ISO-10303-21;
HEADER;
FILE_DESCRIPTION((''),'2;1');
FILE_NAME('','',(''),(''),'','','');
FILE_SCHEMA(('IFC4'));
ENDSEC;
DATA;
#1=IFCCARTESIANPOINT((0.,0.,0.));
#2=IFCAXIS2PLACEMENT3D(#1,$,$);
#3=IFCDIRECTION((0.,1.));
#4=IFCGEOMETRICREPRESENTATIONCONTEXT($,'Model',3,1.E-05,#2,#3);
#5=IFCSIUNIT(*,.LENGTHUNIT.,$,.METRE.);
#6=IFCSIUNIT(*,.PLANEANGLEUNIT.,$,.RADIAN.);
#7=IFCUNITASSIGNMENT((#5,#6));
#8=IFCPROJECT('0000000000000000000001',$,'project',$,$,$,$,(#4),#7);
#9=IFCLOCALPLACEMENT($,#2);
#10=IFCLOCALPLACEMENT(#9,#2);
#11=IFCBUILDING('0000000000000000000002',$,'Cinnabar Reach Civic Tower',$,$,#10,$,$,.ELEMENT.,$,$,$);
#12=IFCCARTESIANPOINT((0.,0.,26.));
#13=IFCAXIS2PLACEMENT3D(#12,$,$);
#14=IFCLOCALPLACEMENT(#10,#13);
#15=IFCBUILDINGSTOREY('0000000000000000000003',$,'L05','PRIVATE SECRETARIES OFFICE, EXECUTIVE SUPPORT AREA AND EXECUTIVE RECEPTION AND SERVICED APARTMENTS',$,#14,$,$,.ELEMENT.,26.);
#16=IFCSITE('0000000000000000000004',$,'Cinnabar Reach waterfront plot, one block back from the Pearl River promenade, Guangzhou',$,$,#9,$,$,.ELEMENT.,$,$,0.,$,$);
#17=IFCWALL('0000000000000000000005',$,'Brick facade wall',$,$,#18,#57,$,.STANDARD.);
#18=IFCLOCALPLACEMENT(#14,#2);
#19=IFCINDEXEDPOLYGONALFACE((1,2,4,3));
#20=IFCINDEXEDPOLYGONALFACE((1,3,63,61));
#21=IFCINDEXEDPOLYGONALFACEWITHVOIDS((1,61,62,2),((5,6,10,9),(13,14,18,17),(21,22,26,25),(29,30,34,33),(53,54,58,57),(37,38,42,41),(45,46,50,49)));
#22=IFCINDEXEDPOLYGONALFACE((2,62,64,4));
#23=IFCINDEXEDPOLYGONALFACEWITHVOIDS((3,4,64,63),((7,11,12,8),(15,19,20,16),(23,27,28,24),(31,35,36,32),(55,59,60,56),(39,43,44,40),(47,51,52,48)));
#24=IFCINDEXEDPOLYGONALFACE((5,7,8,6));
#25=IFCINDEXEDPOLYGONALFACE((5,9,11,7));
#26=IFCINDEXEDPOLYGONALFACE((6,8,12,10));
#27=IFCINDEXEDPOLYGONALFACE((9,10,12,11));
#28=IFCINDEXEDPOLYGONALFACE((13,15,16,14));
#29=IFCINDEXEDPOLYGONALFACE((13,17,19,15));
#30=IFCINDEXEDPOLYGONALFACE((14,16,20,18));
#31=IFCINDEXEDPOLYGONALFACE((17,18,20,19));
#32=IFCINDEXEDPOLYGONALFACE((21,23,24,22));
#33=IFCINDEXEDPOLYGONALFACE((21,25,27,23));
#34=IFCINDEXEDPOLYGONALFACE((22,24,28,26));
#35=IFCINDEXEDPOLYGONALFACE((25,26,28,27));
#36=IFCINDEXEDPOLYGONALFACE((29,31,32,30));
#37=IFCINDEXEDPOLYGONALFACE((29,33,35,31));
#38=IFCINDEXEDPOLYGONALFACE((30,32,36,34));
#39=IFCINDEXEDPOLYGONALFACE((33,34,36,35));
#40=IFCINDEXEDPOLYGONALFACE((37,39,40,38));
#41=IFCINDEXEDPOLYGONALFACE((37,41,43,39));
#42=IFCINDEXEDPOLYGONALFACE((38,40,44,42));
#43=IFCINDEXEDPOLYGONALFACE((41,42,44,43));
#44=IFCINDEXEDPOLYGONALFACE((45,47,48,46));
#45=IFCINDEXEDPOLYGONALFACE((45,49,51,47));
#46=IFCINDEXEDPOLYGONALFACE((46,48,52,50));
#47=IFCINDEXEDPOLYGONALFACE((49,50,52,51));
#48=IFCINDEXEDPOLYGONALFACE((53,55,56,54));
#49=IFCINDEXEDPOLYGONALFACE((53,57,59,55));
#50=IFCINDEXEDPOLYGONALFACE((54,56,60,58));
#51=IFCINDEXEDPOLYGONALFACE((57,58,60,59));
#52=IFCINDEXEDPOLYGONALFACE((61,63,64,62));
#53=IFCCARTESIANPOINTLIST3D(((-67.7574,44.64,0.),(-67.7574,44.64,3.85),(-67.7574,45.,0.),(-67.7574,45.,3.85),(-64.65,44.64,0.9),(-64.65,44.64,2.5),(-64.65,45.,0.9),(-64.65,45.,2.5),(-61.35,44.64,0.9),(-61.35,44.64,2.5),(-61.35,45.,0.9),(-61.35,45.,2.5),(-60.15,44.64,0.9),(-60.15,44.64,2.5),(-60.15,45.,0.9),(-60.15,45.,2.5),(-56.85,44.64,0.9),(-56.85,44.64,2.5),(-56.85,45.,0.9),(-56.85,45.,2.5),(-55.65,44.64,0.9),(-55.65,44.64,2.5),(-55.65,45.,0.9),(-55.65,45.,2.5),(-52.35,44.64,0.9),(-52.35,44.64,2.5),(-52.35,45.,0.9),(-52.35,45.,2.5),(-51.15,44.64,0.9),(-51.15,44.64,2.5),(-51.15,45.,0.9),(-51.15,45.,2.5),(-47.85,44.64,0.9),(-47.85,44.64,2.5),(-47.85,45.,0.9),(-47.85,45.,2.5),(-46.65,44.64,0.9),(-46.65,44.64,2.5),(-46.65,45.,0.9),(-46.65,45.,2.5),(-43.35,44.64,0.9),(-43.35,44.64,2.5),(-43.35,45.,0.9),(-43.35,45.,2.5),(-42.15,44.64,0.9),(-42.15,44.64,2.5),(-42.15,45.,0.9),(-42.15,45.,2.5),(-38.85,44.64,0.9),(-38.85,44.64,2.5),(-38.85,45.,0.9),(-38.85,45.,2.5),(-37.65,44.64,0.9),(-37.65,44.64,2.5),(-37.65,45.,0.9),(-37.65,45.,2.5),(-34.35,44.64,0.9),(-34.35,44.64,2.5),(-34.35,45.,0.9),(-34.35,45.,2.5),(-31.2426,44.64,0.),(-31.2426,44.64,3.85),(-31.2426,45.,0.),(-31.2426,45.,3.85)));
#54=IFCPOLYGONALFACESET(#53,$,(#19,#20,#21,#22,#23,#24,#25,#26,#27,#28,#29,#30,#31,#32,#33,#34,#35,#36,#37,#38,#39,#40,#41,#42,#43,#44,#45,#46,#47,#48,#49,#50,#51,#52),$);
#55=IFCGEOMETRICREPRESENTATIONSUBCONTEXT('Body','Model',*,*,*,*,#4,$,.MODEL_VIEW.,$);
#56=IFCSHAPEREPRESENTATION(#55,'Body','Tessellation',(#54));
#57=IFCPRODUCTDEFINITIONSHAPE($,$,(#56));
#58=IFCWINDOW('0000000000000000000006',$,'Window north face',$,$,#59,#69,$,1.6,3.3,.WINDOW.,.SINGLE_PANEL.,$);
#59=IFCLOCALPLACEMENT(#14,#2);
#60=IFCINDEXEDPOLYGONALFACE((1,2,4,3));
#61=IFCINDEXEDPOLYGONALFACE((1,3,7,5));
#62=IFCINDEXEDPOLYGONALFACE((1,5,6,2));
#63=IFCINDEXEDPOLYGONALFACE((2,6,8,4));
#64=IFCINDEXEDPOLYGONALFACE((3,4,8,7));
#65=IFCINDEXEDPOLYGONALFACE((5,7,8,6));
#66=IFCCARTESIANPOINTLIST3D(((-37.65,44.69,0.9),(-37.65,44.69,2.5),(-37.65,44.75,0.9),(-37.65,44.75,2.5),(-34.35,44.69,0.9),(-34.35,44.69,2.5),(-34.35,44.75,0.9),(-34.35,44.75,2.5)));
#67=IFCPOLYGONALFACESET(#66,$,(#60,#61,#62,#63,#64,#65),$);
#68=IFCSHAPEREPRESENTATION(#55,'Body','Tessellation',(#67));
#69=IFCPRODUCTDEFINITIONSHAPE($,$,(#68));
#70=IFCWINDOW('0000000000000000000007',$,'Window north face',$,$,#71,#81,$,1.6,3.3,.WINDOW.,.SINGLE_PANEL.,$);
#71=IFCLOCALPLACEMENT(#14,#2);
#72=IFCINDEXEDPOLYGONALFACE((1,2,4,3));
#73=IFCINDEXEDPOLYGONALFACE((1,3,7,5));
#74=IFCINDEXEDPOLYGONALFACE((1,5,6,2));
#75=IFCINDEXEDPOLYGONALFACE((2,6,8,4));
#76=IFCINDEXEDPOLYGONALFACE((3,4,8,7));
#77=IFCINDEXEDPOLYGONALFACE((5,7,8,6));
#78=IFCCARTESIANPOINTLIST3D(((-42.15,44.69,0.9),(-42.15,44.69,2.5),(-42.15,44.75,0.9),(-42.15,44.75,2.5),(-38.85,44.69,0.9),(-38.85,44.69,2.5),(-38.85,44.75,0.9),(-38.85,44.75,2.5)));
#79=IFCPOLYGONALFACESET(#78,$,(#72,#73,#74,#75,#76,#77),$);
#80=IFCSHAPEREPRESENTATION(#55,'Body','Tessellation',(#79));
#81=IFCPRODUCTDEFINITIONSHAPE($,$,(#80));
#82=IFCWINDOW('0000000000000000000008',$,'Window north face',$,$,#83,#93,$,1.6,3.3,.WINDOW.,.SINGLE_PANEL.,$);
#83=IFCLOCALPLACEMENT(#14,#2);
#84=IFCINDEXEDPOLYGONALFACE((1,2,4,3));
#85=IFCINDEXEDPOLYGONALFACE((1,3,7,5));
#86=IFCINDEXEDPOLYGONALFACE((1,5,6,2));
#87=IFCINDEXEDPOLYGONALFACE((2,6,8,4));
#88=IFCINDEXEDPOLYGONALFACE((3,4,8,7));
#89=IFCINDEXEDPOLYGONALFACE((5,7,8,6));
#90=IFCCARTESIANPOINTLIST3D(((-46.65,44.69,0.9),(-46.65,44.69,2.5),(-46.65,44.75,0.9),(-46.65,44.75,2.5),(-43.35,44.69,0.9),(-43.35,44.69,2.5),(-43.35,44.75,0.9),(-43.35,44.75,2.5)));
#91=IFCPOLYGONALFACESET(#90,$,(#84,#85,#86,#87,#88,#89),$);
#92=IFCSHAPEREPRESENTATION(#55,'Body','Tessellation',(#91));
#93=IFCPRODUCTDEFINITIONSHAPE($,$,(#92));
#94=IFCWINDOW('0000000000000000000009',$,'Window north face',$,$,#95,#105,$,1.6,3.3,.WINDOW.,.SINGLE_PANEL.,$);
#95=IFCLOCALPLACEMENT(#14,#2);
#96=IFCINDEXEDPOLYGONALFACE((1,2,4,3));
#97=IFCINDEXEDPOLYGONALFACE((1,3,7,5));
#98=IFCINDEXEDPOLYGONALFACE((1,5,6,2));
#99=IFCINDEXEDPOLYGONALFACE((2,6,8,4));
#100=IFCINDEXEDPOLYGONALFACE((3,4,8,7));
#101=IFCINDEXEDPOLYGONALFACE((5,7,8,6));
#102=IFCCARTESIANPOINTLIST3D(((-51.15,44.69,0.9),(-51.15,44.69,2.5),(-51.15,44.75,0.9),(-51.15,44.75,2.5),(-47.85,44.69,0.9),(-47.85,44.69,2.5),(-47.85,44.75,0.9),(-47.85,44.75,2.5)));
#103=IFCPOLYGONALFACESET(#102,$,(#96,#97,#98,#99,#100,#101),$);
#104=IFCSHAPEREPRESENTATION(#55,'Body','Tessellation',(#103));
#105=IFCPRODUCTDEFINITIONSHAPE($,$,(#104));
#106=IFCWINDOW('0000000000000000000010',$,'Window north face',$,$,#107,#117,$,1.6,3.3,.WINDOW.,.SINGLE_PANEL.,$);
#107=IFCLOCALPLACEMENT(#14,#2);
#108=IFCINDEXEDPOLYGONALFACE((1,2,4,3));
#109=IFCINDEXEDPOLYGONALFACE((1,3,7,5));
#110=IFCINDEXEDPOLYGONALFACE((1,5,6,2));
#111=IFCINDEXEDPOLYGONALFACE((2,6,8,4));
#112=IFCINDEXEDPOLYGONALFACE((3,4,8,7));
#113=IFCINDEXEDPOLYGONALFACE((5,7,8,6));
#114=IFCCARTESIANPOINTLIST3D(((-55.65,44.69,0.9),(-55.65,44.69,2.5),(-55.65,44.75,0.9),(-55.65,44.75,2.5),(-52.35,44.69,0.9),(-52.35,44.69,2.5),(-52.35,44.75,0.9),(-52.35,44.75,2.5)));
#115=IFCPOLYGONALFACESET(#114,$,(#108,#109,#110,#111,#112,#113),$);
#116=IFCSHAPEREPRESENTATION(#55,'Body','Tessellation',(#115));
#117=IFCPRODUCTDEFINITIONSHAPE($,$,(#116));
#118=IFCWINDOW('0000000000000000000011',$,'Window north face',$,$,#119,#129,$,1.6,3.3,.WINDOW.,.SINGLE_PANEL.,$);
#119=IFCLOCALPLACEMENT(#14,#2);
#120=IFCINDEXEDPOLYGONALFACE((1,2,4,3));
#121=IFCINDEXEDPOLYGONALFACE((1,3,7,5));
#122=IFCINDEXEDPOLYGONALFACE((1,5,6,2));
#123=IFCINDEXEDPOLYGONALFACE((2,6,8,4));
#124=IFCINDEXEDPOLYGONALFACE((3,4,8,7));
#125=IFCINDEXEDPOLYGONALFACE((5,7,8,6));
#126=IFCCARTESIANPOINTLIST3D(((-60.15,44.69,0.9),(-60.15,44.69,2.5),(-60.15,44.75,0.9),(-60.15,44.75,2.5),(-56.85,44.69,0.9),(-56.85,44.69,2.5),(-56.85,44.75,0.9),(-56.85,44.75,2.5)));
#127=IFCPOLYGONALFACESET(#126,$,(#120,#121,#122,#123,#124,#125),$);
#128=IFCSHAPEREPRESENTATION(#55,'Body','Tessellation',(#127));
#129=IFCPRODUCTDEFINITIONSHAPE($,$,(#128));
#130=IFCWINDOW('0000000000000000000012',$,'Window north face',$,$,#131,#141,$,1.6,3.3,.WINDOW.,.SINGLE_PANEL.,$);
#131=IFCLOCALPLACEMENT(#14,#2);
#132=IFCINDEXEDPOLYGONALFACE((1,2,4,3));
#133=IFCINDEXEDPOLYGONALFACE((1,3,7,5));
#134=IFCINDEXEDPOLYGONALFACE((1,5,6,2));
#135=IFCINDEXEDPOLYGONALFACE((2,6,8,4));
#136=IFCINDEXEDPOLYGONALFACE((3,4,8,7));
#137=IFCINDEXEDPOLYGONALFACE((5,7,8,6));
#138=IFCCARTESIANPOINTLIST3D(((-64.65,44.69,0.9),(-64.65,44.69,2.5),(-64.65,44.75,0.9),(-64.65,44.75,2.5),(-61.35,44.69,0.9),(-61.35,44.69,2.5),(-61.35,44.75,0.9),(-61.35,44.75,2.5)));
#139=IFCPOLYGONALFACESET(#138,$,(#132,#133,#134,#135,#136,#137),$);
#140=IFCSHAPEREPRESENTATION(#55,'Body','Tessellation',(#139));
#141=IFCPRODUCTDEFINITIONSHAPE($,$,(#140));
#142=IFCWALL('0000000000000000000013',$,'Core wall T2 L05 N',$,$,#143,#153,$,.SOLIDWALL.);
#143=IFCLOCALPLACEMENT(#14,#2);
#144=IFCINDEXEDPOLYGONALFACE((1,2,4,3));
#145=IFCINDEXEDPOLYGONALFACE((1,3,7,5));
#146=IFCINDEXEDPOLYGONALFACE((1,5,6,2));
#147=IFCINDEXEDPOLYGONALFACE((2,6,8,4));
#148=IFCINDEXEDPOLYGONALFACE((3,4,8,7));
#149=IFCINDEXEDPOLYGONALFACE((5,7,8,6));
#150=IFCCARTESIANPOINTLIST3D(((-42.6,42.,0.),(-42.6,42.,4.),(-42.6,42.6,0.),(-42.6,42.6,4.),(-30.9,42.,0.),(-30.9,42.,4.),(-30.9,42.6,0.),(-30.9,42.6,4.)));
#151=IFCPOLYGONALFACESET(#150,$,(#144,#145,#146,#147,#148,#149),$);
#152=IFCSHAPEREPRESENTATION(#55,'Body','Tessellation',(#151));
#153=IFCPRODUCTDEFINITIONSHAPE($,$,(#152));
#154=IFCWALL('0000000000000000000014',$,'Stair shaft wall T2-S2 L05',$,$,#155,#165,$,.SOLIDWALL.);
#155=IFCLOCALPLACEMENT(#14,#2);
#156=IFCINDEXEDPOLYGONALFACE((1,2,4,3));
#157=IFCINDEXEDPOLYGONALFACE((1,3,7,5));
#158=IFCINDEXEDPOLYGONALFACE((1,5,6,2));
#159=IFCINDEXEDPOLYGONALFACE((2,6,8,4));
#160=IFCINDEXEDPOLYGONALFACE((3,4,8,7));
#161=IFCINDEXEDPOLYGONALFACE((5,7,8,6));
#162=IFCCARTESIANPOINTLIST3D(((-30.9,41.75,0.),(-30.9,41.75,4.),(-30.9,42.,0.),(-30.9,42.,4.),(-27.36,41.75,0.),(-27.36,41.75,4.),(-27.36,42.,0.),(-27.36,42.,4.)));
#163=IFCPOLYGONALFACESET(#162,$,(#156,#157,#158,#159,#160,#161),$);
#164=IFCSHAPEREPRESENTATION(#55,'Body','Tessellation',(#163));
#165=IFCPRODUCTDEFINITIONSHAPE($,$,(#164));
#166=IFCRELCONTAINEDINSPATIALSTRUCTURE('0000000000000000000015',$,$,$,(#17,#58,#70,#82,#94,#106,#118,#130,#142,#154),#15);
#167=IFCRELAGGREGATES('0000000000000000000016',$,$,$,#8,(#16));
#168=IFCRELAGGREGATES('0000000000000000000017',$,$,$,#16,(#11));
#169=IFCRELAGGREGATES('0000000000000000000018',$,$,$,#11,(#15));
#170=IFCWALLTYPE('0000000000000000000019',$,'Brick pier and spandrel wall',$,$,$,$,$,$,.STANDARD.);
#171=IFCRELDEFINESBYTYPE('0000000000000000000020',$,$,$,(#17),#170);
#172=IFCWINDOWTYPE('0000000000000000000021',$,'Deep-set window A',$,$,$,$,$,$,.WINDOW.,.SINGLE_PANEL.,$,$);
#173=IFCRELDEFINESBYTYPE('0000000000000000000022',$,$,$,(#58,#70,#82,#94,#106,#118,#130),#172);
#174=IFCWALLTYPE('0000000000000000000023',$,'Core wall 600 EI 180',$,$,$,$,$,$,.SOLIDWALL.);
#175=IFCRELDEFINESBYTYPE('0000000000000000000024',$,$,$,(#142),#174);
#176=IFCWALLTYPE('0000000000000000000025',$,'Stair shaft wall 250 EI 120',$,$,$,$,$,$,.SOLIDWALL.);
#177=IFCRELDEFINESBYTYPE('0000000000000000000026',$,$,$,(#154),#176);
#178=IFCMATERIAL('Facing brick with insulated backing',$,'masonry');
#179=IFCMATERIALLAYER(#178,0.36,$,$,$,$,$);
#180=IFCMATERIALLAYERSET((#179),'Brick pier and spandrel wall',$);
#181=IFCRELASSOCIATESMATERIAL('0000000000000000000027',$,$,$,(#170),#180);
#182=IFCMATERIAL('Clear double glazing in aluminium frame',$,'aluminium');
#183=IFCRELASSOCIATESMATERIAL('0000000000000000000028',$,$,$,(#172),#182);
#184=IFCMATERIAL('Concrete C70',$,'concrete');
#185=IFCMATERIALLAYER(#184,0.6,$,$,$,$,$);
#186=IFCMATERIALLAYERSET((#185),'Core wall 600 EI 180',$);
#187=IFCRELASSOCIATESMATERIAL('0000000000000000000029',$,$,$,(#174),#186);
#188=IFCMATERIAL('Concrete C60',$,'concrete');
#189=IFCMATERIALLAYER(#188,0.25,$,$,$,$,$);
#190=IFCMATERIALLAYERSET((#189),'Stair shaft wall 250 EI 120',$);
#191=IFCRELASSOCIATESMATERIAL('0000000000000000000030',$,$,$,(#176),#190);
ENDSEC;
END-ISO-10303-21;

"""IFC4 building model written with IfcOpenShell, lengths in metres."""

from ifc_helpers import new_model, si_unit, direction, frame, frame_2d, origin, place, context, subcontext, project, spatial, rectangle, extrude, material, layer, layer_set, type_object, element, fill, save


model = new_model("IFC4")

# Units and contexts
model_context = context("Model", 3, precision=1e-05, world=origin(), true_north=direction((0.0, 1.0)))
body_context = subcontext(model_context, "Body", "Model", "MODEL_VIEW")
ifc_project = project(units=[si_unit("LENGTHUNIT", "METRE"), si_unit("PLANEANGLEUNIT", "RADIAN")], contexts=[model_context])

# Site, building, storey
site_placement = place(None, origin())
site = spatial("IfcSite", under=ifc_project, at=site_placement, Name="Cinnabar Reach waterfront plot, one block back from the Pearl River promenade, Guangzhou", CompositionType="ELEMENT", RefElevation=0.0)
building_placement = place(site_placement, origin())
building = spatial("IfcBuilding", under=site, at=building_placement, Name="Cinnabar Reach Civic Tower", CompositionType="ELEMENT")
storey_placement = place(building_placement, frame((0.0, 0.0, 26.0)))
storey = spatial("IfcBuildingStorey", under=building, at=storey_placement, Name="L05", Description="PRIVATE SECRETARIES OFFICE, EXECUTIVE SUPPORT AREA AND EXECUTIVE RECEPTION AND SERVICED APARTMENTS", CompositionType="ELEMENT", Elevation=26.0)

# Shared definitions
ifc_material_1 = material(Name="Facing brick with insulated backing", Category="masonry")
ifc_layer_1 = layer(ifc_material_1, 0.36)
ifc_layer_set_1 = layer_set([ifc_layer_1], Name="Brick pier and spandrel wall")
wall_type_1 = type_object("IfcWallType", Name="Brick pier and spandrel wall", PredefinedType="STANDARD", material=ifc_layer_set_1)

# Wall, openings, windows
wall_1_placement = place(storey_placement, frame((-31.2426, 44.82, 0.0), z_axis=(0.0, 0.0, 1.0), x_axis=(-1.0, 0.0, 0.0)))
wall_1 = element("IfcWall", 1, at=wall_1_placement, inside=storey, type_object=wall_type_1, Name="Brick facade wall", PredefinedType="STANDARD", context=body_context, shape_type="SweptSolid", body=[
    extrude(rectangle(XDim=36.5148, YDim=0.36, at=frame_2d((18.2574, 0.0))), origin(), (0.0, 0.0, 1.0), 3.85),
])
opening_1_placement = place(wall_1_placement, frame((3.1074, 0.0, 0.9)))
opening_1 = element("IfcOpeningElement", 2, at=opening_1_placement, cuts=wall_1, PredefinedType="OPENING", context=body_context, shape_type="SweptSolid", body=[
    extrude(rectangle(XDim=3.3, YDim=1.6, at=frame_2d((1.65, 0.8))), frame((0.0, 0.19, 0.0), z_axis=(0.0, -1.0, 0.0), x_axis=(1.0, 0.0, 0.0)), (0.0, 0.0, 1.0), 0.38),
])
opening_2_placement = place(wall_1_placement, frame((7.6074, 0.0, 0.9)))
opening_2 = element("IfcOpeningElement", 3, at=opening_2_placement, cuts=wall_1, PredefinedType="OPENING", context=body_context, shape_type="SweptSolid", body=[
    extrude(rectangle(XDim=3.3, YDim=1.6, at=frame_2d((1.65, 0.8))), frame((0.0, 0.19, 0.0), z_axis=(0.0, -1.0, 0.0), x_axis=(1.0, 0.0, 0.0)), (0.0, 0.0, 1.0), 0.38),
])
opening_3_placement = place(wall_1_placement, frame((12.1074, 0.0, 0.9)))
opening_3 = element("IfcOpeningElement", 4, at=opening_3_placement, cuts=wall_1, PredefinedType="OPENING", context=body_context, shape_type="SweptSolid", body=[
    extrude(rectangle(XDim=3.3, YDim=1.6, at=frame_2d((1.65, 0.8))), frame((0.0, 0.19, 0.0), z_axis=(0.0, -1.0, 0.0), x_axis=(1.0, 0.0, 0.0)), (0.0, 0.0, 1.0), 0.38),
])
opening_4_placement = place(wall_1_placement, frame((16.6074, 0.0, 0.9)))
opening_4 = element("IfcOpeningElement", 5, at=opening_4_placement, cuts=wall_1, PredefinedType="OPENING", context=body_context, shape_type="SweptSolid", body=[
    extrude(rectangle(XDim=3.3, YDim=1.6, at=frame_2d((1.65, 0.8))), frame((0.0, 0.19, 0.0), z_axis=(0.0, -1.0, 0.0), x_axis=(1.0, 0.0, 0.0)), (0.0, 0.0, 1.0), 0.38),
])
opening_5_placement = place(wall_1_placement, frame((21.1074, 0.0, 0.9)))
opening_5 = element("IfcOpeningElement", 6, at=opening_5_placement, cuts=wall_1, PredefinedType="OPENING", context=body_context, shape_type="SweptSolid", body=[
    extrude(rectangle(XDim=3.3, YDim=1.6, at=frame_2d((1.65, 0.8))), frame((0.0, 0.19, 0.0), z_axis=(0.0, -1.0, 0.0), x_axis=(1.0, 0.0, 0.0)), (0.0, 0.0, 1.0), 0.38),
])
opening_6_placement = place(wall_1_placement, frame((25.6074, 0.0, 0.9)))
opening_6 = element("IfcOpeningElement", 7, at=opening_6_placement, cuts=wall_1, PredefinedType="OPENING", context=body_context, shape_type="SweptSolid", body=[
    extrude(rectangle(XDim=3.3, YDim=1.6, at=frame_2d((1.65, 0.8))), frame((0.0, 0.19, 0.0), z_axis=(0.0, -1.0, 0.0), x_axis=(1.0, 0.0, 0.0)), (0.0, 0.0, 1.0), 0.38),
])
opening_7_placement = place(wall_1_placement, frame((30.1074, 0.0, 0.9)))
opening_7 = element("IfcOpeningElement", 8, at=opening_7_placement, cuts=wall_1, PredefinedType="OPENING", context=body_context, shape_type="SweptSolid", body=[
    extrude(rectangle(XDim=3.3, YDim=1.6, at=frame_2d((1.65, 0.8))), frame((0.0, 0.19, 0.0), z_axis=(0.0, -1.0, 0.0), x_axis=(1.0, 0.0, 0.0)), (0.0, 0.0, 1.0), 0.38),
])
ifc_material_2 = material(Name="Clear double glazing in aluminium frame", Category="aluminium")
window_type = type_object("IfcWindowType", Name="Deep-set window A", PartitioningType="SINGLE_PANEL", PredefinedType="WINDOW", material=ifc_material_2)
window_1_placement = place(opening_1_placement, origin())
window_1 = element("IfcWindow", 9, at=window_1_placement, inside=storey, type_object=window_type, Name="Window north face", OverallHeight=1.6, OverallWidth=3.3, PartitioningType="SINGLE_PANEL", PredefinedType="WINDOW", context=body_context, shape_type="SweptSolid", body=[
    extrude(rectangle(XDim=3.3, YDim=1.6, at=frame_2d((1.65, 0.8))), frame((0.0, 0.13, 0.0), z_axis=(0.0, -1.0, 0.0), x_axis=(1.0, 0.0, 0.0)), (0.0, 0.0, 1.0), 0.06),
])
fill(opening_1, window_1)
window_2_placement = place(opening_2_placement, origin())
window_2 = element("IfcWindow", 10, at=window_2_placement, inside=storey, type_object=window_type, Name="Window north face", OverallHeight=1.6, OverallWidth=3.3, PartitioningType="SINGLE_PANEL", PredefinedType="WINDOW", context=body_context, shape_type="SweptSolid", body=[
    extrude(rectangle(XDim=3.3, YDim=1.6, at=frame_2d((1.65, 0.8))), frame((0.0, 0.13, 0.0), z_axis=(0.0, -1.0, 0.0), x_axis=(1.0, 0.0, 0.0)), (0.0, 0.0, 1.0), 0.06),
])
fill(opening_2, window_2)
window_3_placement = place(opening_3_placement, origin())
window_3 = element("IfcWindow", 11, at=window_3_placement, inside=storey, type_object=window_type, Name="Window north face", OverallHeight=1.6, OverallWidth=3.3, PartitioningType="SINGLE_PANEL", PredefinedType="WINDOW", context=body_context, shape_type="SweptSolid", body=[
    extrude(rectangle(XDim=3.3, YDim=1.6, at=frame_2d((1.65, 0.8))), frame((0.0, 0.13, 0.0), z_axis=(0.0, -1.0, 0.0), x_axis=(1.0, 0.0, 0.0)), (0.0, 0.0, 1.0), 0.06),
])
fill(opening_3, window_3)
window_4_placement = place(opening_4_placement, origin())
window_4 = element("IfcWindow", 12, at=window_4_placement, inside=storey, type_object=window_type, Name="Window north face", OverallHeight=1.6, OverallWidth=3.3, PartitioningType="SINGLE_PANEL", PredefinedType="WINDOW", context=body_context, shape_type="SweptSolid", body=[
    extrude(rectangle(XDim=3.3, YDim=1.6, at=frame_2d((1.65, 0.8))), frame((0.0, 0.13, 0.0), z_axis=(0.0, -1.0, 0.0), x_axis=(1.0, 0.0, 0.0)), (0.0, 0.0, 1.0), 0.06),
])
fill(opening_4, window_4)
window_5_placement = place(opening_5_placement, origin())
window_5 = element("IfcWindow", 13, at=window_5_placement, inside=storey, type_object=window_type, Name="Window north face", OverallHeight=1.6, OverallWidth=3.3, PartitioningType="SINGLE_PANEL", PredefinedType="WINDOW", context=body_context, shape_type="SweptSolid", body=[
    extrude(rectangle(XDim=3.3, YDim=1.6, at=frame_2d((1.65, 0.8))), frame((0.0, 0.13, 0.0), z_axis=(0.0, -1.0, 0.0), x_axis=(1.0, 0.0, 0.0)), (0.0, 0.0, 1.0), 0.06),
])
fill(opening_5, window_5)
window_6_placement = place(opening_6_placement, origin())
window_6 = element("IfcWindow", 14, at=window_6_placement, inside=storey, type_object=window_type, Name="Window north face", OverallHeight=1.6, OverallWidth=3.3, PartitioningType="SINGLE_PANEL", PredefinedType="WINDOW", context=body_context, shape_type="SweptSolid", body=[
    extrude(rectangle(XDim=3.3, YDim=1.6, at=frame_2d((1.65, 0.8))), frame((0.0, 0.13, 0.0), z_axis=(0.0, -1.0, 0.0), x_axis=(1.0, 0.0, 0.0)), (0.0, 0.0, 1.0), 0.06),
])
fill(opening_6, window_6)
window_7_placement = place(opening_7_placement, origin())
window_7 = element("IfcWindow", 15, at=window_7_placement, inside=storey, type_object=window_type, Name="Window north face", OverallHeight=1.6, OverallWidth=3.3, PartitioningType="SINGLE_PANEL", PredefinedType="WINDOW", context=body_context, shape_type="SweptSolid", body=[
    extrude(rectangle(XDim=3.3, YDim=1.6, at=frame_2d((1.65, 0.8))), frame((0.0, 0.13, 0.0), z_axis=(0.0, -1.0, 0.0), x_axis=(1.0, 0.0, 0.0)), (0.0, 0.0, 1.0), 0.06),
])
fill(opening_7, window_7)

# Walls
ifc_material_3 = material(Name="Concrete C70", Category="concrete")
ifc_layer_2 = layer(ifc_material_3, 0.6)
ifc_layer_set_2 = layer_set([ifc_layer_2], Name="Core wall 600 EI 180")
wall_type_2 = type_object("IfcWallType", Name="Core wall 600 EI 180", PredefinedType="SOLIDWALL", material=ifc_layer_set_2)
wall_2_placement = place(storey_placement, frame((-30.9, 42.3, 0.0), z_axis=(0.0, 0.0, 1.0), x_axis=(-1.0, 0.0, 0.0)))
element("IfcWall", 16, at=wall_2_placement, inside=storey, type_object=wall_type_2, Name="Core wall T2 L05 N", PredefinedType="SOLIDWALL", context=body_context, shape_type="SweptSolid", body=[
    extrude(rectangle(XDim=11.7, YDim=0.6, at=frame_2d((5.85, 0.0))), origin(), (0.0, 0.0, 1.0), 4.0),
])
ifc_material_4 = material(Name="Concrete C60", Category="concrete")
ifc_layer_3 = layer(ifc_material_4, 0.25)
ifc_layer_set_3 = layer_set([ifc_layer_3], Name="Stair shaft wall 250 EI 120")
wall_type_3 = type_object("IfcWallType", Name="Stair shaft wall 250 EI 120", PredefinedType="SOLIDWALL", material=ifc_layer_set_3)
wall_3_placement = place(storey_placement, frame((-27.36, 41.875, 0.0), z_axis=(0.0, 0.0, 1.0), x_axis=(-1.0, 0.0, 0.0)))
element("IfcWall", 17, at=wall_3_placement, inside=storey, type_object=wall_type_3, Name="Stair shaft wall T2-S2 L05", PredefinedType="SOLIDWALL", context=body_context, shape_type="SweptSolid", body=[
    extrude(rectangle(XDim=3.54, YDim=0.25, at=frame_2d((1.77, 0.0))), origin(), (0.0, 0.0, 1.0), 4.0),
])

save(model, "model.ifc")
